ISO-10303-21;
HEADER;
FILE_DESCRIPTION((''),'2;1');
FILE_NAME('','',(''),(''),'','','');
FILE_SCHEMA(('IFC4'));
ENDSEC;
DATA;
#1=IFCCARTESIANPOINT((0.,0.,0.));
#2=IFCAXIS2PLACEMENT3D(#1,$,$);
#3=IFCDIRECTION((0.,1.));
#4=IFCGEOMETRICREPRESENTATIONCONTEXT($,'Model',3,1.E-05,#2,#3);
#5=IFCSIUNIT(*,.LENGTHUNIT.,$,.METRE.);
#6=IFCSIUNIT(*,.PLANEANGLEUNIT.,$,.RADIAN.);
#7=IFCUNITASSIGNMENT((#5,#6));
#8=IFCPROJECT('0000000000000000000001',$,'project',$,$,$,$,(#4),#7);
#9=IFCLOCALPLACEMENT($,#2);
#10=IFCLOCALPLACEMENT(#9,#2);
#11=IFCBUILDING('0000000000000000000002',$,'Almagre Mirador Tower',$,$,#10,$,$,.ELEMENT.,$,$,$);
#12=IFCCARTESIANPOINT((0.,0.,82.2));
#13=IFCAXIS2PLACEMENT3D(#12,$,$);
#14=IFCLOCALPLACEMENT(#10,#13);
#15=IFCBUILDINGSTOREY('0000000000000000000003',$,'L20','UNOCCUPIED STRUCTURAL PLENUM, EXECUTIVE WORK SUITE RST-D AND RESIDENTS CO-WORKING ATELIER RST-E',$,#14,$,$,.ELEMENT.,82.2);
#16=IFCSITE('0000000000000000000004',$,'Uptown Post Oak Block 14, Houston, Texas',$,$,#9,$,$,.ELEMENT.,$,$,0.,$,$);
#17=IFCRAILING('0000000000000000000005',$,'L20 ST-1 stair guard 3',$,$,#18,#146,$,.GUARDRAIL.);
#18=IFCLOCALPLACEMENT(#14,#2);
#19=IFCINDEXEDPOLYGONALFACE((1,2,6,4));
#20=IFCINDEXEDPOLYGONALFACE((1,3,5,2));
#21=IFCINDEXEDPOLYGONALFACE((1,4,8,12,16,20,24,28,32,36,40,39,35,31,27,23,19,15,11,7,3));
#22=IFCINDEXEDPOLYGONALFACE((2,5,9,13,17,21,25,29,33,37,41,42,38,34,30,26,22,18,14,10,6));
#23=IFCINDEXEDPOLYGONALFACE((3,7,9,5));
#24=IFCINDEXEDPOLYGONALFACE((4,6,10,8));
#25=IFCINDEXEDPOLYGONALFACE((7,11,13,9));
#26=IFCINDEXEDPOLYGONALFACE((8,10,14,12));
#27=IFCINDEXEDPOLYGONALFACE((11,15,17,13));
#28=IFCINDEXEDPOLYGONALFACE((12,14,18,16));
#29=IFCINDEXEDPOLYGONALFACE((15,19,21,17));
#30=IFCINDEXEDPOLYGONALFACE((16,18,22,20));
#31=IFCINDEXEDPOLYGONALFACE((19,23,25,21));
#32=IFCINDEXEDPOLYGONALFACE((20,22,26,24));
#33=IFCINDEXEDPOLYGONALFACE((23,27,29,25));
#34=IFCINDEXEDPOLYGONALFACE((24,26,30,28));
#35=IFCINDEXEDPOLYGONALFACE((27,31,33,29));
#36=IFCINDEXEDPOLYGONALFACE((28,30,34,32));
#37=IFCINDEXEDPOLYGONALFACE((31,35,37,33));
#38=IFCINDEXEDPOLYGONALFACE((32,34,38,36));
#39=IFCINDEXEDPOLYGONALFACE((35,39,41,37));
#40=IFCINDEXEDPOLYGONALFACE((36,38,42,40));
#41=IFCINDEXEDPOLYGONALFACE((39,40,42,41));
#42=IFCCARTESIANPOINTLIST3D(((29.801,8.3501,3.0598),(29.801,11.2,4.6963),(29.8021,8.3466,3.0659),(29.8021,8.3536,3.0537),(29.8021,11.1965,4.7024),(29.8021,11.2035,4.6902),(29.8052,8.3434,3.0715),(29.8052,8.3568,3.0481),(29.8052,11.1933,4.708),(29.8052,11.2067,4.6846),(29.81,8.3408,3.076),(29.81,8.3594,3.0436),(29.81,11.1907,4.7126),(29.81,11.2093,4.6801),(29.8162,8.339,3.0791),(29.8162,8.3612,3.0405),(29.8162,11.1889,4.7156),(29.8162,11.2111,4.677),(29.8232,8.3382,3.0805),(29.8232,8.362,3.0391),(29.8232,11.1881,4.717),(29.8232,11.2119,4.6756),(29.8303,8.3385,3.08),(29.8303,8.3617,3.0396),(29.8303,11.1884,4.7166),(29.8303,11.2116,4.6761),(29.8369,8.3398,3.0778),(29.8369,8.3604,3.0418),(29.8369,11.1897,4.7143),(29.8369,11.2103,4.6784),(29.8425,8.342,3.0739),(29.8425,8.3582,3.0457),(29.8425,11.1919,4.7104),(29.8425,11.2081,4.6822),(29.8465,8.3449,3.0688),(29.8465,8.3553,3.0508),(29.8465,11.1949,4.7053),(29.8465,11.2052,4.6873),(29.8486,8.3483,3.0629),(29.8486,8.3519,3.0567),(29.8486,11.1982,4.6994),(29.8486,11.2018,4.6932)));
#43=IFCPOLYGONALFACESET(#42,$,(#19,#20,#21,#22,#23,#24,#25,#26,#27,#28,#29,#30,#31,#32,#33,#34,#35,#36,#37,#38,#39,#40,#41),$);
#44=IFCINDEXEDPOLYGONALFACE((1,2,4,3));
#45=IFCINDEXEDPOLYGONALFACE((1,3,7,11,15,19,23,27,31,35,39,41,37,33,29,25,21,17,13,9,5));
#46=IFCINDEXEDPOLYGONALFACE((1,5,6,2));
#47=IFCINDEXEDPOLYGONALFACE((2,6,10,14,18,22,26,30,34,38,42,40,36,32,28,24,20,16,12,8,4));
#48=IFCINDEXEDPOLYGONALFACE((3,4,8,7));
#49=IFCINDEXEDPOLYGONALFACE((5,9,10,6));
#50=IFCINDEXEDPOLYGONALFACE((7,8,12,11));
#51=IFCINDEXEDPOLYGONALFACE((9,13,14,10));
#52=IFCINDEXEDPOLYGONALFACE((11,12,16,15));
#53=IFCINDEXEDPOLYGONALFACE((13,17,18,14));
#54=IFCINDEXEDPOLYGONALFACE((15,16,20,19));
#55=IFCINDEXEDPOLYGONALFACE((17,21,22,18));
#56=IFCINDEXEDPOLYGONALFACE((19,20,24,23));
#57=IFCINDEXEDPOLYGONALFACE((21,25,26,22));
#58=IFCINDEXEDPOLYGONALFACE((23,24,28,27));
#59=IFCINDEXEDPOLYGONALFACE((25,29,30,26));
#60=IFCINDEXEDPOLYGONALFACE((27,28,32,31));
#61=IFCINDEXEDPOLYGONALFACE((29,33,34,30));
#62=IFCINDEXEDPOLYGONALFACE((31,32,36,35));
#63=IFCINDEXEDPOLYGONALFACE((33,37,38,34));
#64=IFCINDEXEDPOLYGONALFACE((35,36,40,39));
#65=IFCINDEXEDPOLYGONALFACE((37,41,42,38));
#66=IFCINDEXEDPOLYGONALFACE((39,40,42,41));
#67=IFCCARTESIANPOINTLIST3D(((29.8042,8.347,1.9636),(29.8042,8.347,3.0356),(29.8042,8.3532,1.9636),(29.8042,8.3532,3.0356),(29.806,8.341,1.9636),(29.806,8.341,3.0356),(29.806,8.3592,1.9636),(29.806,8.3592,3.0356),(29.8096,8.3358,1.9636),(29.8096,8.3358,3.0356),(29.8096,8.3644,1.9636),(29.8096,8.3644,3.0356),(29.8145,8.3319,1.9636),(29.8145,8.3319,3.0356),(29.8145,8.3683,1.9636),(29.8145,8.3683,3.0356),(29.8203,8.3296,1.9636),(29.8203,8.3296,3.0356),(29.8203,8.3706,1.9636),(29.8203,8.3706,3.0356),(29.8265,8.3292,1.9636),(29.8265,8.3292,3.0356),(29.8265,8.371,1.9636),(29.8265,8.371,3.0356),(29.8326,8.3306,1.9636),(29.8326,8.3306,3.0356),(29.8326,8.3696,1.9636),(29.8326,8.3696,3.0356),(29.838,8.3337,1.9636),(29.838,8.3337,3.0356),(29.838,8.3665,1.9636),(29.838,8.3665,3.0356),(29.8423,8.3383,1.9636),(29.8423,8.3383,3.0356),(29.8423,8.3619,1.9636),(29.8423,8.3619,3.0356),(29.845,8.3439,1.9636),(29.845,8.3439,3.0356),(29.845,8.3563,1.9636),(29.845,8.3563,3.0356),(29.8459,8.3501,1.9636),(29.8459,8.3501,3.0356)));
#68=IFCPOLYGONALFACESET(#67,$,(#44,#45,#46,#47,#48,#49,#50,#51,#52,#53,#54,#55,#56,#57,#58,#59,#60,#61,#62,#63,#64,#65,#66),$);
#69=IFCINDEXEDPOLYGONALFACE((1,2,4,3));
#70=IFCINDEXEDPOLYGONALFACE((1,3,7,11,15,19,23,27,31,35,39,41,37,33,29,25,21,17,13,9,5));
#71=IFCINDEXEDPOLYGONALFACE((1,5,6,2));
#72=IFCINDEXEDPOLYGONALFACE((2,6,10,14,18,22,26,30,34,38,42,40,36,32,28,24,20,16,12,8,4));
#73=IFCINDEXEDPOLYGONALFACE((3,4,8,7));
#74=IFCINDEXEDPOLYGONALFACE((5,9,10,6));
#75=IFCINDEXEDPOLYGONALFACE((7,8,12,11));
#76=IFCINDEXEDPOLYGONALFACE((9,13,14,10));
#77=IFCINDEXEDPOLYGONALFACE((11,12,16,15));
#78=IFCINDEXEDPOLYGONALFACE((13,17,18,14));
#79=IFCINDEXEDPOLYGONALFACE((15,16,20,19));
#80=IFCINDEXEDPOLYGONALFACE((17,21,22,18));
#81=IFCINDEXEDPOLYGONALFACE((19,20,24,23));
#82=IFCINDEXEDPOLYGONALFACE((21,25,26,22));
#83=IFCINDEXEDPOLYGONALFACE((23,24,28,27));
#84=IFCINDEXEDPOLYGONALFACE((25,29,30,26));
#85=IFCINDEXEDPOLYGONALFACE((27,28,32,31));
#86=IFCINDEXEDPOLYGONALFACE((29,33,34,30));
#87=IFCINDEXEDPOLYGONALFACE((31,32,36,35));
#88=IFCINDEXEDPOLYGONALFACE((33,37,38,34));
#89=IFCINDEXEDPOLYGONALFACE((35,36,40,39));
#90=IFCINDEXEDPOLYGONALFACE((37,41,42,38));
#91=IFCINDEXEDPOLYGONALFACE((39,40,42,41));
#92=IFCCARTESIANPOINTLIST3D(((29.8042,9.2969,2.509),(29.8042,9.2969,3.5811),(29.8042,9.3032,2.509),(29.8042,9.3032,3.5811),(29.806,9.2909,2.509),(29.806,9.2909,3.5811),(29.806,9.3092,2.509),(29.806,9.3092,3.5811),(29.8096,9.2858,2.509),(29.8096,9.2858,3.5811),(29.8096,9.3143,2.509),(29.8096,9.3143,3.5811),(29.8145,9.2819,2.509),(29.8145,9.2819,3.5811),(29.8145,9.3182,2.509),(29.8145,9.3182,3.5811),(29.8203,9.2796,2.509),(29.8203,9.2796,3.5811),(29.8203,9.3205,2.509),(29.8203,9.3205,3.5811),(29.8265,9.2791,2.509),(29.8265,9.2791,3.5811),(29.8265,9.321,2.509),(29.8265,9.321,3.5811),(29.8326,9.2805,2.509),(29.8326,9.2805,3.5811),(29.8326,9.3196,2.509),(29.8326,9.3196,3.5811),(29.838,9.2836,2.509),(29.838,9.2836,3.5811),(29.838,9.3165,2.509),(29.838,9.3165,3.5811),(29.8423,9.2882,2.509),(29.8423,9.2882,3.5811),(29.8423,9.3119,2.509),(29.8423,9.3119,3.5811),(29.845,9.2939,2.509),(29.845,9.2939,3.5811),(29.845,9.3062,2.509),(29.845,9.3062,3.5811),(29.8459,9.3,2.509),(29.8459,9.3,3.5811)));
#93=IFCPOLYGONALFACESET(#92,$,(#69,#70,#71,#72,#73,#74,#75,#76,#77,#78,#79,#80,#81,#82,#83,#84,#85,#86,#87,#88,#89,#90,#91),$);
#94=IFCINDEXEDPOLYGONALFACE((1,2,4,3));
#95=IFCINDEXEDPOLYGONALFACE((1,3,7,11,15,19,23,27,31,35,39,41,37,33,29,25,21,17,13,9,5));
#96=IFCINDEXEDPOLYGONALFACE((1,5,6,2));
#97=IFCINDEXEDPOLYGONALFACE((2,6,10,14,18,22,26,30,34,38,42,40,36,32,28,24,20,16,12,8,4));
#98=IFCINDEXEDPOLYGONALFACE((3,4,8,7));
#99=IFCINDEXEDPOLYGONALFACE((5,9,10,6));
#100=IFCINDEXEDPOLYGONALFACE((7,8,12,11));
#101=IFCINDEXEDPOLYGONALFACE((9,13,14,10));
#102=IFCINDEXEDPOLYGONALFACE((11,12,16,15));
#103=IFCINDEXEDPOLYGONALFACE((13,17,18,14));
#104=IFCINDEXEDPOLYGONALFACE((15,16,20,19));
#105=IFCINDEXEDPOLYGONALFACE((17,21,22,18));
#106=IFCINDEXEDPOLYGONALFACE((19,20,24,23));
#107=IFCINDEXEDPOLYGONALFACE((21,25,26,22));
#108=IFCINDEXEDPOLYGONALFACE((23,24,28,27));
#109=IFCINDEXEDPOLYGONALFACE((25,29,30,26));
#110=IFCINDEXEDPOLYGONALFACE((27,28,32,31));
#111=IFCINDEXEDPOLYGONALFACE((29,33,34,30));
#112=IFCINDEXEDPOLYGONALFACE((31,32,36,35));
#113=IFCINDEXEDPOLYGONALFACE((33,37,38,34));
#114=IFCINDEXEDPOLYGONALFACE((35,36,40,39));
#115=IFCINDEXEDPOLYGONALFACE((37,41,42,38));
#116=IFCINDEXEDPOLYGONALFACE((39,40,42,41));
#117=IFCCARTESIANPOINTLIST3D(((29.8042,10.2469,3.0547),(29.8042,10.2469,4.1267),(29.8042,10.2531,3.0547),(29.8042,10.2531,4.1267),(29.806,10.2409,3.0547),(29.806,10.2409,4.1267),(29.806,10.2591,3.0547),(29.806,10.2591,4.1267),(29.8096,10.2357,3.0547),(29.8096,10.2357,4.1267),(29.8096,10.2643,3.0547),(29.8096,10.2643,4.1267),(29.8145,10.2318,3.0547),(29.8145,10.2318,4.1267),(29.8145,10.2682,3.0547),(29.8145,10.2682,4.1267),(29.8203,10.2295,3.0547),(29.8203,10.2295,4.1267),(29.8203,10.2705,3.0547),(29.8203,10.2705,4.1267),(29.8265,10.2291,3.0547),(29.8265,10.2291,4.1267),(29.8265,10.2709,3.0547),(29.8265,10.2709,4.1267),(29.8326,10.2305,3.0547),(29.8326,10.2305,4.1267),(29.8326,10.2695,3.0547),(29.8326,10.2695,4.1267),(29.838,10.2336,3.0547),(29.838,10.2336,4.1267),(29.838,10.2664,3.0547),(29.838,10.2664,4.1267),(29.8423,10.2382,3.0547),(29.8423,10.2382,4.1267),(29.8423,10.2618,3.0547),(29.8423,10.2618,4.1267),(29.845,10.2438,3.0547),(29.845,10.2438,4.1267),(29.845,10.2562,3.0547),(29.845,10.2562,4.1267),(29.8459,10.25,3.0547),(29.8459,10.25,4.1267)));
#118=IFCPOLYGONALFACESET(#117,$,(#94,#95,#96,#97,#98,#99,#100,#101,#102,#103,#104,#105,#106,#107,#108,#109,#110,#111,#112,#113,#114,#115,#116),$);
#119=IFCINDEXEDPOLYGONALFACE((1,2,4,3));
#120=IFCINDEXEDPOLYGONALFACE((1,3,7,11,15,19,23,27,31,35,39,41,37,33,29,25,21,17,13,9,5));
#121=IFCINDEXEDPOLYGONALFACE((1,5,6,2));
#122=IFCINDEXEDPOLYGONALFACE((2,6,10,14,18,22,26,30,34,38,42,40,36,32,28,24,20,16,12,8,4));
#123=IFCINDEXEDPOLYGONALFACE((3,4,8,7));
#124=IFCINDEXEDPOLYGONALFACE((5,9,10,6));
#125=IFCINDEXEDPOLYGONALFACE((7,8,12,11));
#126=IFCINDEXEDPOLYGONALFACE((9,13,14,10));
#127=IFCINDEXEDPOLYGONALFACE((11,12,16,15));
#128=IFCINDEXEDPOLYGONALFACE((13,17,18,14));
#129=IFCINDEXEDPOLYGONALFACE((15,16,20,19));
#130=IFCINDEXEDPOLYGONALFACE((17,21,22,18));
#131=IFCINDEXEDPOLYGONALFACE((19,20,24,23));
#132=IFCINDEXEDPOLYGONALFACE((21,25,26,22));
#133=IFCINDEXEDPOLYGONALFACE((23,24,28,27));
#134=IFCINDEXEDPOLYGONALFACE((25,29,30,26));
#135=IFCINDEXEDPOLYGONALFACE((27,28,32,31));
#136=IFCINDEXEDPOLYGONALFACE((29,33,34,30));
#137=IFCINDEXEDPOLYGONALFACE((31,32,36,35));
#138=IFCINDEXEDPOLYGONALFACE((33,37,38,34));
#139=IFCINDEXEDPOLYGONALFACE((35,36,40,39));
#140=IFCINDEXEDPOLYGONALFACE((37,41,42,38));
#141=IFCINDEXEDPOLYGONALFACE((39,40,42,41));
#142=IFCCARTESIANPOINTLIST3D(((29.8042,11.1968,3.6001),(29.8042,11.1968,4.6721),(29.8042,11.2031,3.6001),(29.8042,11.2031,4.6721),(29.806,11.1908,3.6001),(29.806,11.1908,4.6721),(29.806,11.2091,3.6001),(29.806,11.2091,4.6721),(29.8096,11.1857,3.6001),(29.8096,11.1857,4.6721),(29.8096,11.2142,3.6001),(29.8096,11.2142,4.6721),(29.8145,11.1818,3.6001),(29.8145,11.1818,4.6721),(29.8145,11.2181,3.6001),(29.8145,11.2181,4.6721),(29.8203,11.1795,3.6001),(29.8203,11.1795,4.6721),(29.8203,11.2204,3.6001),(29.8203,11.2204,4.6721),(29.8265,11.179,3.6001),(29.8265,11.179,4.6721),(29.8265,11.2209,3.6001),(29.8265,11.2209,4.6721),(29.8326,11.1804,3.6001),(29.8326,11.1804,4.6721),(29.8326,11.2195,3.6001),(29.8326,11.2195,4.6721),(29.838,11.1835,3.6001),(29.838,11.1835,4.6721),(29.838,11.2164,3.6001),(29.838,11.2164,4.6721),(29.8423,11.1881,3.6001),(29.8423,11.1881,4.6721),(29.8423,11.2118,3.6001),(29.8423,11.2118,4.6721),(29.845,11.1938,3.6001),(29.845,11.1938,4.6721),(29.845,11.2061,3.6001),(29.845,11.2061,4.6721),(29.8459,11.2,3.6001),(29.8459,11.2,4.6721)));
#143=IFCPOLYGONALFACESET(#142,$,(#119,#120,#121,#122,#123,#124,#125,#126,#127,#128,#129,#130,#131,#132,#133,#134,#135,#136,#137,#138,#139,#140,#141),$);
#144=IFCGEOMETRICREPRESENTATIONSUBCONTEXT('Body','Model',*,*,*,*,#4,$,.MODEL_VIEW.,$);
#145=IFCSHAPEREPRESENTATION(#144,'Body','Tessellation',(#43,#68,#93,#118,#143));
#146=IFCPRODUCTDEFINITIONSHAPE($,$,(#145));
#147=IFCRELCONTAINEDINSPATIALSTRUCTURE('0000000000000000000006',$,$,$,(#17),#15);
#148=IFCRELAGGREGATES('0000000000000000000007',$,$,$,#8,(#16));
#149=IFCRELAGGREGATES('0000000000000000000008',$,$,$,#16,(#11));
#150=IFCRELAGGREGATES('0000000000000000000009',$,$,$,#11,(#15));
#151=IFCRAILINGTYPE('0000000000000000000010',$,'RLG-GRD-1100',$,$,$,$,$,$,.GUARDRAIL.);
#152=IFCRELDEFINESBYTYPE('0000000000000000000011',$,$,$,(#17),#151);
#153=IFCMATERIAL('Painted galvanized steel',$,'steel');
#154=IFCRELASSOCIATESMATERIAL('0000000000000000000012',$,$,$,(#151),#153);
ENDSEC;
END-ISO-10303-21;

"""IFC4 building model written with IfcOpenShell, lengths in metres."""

from ifc_helpers import new_model, si_unit, direction, frame, origin, origin_2d, place, context, subcontext, project, spatial, circle, extrude, material, type_object, element, save


model = new_model("IFC4")

# Units and contexts
model_context = context("Model", 3, precision=1e-05, world=origin(), true_north=direction((0.0, 1.0)))
body_context = subcontext(model_context, "Body", "Model", "MODEL_VIEW")
ifc_project = project(units=[si_unit("LENGTHUNIT", "METRE"), si_unit("PLANEANGLEUNIT", "RADIAN")], contexts=[model_context])

# Site, building, storey
site_placement = place(None, origin())
site = spatial("IfcSite", under=ifc_project, at=site_placement, Name="Uptown Post Oak Block 14, Houston, Texas", CompositionType="ELEMENT", RefElevation=0.0)
building_placement = place(site_placement, origin())
building = spatial("IfcBuilding", under=site, at=building_placement, Name="Almagre Mirador Tower", CompositionType="ELEMENT")
storey_placement = place(building_placement, frame((0.0, 0.0, 82.2)))
storey = spatial("IfcBuildingStorey", under=building, at=storey_placement, Name="L20", Description="UNOCCUPIED STRUCTURAL PLENUM, EXECUTIVE WORK SUITE RST-D AND RESIDENTS CO-WORKING ATELIER RST-E", CompositionType="ELEMENT", Elevation=82.2)

# Railing
ifc_material_1 = material(Name="Painted galvanized steel", Category="steel")
railing_type_1 = type_object("IfcRailingType", Name="RLG-GRD-1100", PredefinedType="GUARDRAIL", material=ifc_material_1)
railing_1_placement = place(storey_placement, frame((29.825, 8.3501, 1.9636)))
element("IfcRailing", 1, at=railing_1_placement, inside=storey, type_object=railing_type_1, Name="L20 ST-1 stair guard 3", PredefinedType="GUARDRAIL", context=body_context, shape_type="SweptSolid", body=[
    extrude(circle(Radius=0.0239, at=origin_2d()), frame((0.0, 0.0, 1.0962), z_axis=(0.0, 0.867194, 0.49797), x_axis=(-1.0, 0.0, 0.0)), (0.0, 0.0, 1.0), 3.2864),
    extrude(circle(Radius=0.021, at=origin_2d()), origin(), (0.0, 0.0, 1.0), 1.072),
    extrude(circle(Radius=0.021, at=origin_2d()), frame((0.0, 0.95, 0.5454)), (0.0, 0.0, 1.0), 1.072),
    extrude(circle(Radius=0.021, at=origin_2d()), frame((0.0, 1.8999, 1.0911)), (0.0, 0.0, 1.0), 1.072),
    extrude(circle(Radius=0.021, at=origin_2d()), frame((0.0, 2.8499, 1.6365)), (0.0, 0.0, 1.0), 1.072),
])

save(model, "model.ifc")
